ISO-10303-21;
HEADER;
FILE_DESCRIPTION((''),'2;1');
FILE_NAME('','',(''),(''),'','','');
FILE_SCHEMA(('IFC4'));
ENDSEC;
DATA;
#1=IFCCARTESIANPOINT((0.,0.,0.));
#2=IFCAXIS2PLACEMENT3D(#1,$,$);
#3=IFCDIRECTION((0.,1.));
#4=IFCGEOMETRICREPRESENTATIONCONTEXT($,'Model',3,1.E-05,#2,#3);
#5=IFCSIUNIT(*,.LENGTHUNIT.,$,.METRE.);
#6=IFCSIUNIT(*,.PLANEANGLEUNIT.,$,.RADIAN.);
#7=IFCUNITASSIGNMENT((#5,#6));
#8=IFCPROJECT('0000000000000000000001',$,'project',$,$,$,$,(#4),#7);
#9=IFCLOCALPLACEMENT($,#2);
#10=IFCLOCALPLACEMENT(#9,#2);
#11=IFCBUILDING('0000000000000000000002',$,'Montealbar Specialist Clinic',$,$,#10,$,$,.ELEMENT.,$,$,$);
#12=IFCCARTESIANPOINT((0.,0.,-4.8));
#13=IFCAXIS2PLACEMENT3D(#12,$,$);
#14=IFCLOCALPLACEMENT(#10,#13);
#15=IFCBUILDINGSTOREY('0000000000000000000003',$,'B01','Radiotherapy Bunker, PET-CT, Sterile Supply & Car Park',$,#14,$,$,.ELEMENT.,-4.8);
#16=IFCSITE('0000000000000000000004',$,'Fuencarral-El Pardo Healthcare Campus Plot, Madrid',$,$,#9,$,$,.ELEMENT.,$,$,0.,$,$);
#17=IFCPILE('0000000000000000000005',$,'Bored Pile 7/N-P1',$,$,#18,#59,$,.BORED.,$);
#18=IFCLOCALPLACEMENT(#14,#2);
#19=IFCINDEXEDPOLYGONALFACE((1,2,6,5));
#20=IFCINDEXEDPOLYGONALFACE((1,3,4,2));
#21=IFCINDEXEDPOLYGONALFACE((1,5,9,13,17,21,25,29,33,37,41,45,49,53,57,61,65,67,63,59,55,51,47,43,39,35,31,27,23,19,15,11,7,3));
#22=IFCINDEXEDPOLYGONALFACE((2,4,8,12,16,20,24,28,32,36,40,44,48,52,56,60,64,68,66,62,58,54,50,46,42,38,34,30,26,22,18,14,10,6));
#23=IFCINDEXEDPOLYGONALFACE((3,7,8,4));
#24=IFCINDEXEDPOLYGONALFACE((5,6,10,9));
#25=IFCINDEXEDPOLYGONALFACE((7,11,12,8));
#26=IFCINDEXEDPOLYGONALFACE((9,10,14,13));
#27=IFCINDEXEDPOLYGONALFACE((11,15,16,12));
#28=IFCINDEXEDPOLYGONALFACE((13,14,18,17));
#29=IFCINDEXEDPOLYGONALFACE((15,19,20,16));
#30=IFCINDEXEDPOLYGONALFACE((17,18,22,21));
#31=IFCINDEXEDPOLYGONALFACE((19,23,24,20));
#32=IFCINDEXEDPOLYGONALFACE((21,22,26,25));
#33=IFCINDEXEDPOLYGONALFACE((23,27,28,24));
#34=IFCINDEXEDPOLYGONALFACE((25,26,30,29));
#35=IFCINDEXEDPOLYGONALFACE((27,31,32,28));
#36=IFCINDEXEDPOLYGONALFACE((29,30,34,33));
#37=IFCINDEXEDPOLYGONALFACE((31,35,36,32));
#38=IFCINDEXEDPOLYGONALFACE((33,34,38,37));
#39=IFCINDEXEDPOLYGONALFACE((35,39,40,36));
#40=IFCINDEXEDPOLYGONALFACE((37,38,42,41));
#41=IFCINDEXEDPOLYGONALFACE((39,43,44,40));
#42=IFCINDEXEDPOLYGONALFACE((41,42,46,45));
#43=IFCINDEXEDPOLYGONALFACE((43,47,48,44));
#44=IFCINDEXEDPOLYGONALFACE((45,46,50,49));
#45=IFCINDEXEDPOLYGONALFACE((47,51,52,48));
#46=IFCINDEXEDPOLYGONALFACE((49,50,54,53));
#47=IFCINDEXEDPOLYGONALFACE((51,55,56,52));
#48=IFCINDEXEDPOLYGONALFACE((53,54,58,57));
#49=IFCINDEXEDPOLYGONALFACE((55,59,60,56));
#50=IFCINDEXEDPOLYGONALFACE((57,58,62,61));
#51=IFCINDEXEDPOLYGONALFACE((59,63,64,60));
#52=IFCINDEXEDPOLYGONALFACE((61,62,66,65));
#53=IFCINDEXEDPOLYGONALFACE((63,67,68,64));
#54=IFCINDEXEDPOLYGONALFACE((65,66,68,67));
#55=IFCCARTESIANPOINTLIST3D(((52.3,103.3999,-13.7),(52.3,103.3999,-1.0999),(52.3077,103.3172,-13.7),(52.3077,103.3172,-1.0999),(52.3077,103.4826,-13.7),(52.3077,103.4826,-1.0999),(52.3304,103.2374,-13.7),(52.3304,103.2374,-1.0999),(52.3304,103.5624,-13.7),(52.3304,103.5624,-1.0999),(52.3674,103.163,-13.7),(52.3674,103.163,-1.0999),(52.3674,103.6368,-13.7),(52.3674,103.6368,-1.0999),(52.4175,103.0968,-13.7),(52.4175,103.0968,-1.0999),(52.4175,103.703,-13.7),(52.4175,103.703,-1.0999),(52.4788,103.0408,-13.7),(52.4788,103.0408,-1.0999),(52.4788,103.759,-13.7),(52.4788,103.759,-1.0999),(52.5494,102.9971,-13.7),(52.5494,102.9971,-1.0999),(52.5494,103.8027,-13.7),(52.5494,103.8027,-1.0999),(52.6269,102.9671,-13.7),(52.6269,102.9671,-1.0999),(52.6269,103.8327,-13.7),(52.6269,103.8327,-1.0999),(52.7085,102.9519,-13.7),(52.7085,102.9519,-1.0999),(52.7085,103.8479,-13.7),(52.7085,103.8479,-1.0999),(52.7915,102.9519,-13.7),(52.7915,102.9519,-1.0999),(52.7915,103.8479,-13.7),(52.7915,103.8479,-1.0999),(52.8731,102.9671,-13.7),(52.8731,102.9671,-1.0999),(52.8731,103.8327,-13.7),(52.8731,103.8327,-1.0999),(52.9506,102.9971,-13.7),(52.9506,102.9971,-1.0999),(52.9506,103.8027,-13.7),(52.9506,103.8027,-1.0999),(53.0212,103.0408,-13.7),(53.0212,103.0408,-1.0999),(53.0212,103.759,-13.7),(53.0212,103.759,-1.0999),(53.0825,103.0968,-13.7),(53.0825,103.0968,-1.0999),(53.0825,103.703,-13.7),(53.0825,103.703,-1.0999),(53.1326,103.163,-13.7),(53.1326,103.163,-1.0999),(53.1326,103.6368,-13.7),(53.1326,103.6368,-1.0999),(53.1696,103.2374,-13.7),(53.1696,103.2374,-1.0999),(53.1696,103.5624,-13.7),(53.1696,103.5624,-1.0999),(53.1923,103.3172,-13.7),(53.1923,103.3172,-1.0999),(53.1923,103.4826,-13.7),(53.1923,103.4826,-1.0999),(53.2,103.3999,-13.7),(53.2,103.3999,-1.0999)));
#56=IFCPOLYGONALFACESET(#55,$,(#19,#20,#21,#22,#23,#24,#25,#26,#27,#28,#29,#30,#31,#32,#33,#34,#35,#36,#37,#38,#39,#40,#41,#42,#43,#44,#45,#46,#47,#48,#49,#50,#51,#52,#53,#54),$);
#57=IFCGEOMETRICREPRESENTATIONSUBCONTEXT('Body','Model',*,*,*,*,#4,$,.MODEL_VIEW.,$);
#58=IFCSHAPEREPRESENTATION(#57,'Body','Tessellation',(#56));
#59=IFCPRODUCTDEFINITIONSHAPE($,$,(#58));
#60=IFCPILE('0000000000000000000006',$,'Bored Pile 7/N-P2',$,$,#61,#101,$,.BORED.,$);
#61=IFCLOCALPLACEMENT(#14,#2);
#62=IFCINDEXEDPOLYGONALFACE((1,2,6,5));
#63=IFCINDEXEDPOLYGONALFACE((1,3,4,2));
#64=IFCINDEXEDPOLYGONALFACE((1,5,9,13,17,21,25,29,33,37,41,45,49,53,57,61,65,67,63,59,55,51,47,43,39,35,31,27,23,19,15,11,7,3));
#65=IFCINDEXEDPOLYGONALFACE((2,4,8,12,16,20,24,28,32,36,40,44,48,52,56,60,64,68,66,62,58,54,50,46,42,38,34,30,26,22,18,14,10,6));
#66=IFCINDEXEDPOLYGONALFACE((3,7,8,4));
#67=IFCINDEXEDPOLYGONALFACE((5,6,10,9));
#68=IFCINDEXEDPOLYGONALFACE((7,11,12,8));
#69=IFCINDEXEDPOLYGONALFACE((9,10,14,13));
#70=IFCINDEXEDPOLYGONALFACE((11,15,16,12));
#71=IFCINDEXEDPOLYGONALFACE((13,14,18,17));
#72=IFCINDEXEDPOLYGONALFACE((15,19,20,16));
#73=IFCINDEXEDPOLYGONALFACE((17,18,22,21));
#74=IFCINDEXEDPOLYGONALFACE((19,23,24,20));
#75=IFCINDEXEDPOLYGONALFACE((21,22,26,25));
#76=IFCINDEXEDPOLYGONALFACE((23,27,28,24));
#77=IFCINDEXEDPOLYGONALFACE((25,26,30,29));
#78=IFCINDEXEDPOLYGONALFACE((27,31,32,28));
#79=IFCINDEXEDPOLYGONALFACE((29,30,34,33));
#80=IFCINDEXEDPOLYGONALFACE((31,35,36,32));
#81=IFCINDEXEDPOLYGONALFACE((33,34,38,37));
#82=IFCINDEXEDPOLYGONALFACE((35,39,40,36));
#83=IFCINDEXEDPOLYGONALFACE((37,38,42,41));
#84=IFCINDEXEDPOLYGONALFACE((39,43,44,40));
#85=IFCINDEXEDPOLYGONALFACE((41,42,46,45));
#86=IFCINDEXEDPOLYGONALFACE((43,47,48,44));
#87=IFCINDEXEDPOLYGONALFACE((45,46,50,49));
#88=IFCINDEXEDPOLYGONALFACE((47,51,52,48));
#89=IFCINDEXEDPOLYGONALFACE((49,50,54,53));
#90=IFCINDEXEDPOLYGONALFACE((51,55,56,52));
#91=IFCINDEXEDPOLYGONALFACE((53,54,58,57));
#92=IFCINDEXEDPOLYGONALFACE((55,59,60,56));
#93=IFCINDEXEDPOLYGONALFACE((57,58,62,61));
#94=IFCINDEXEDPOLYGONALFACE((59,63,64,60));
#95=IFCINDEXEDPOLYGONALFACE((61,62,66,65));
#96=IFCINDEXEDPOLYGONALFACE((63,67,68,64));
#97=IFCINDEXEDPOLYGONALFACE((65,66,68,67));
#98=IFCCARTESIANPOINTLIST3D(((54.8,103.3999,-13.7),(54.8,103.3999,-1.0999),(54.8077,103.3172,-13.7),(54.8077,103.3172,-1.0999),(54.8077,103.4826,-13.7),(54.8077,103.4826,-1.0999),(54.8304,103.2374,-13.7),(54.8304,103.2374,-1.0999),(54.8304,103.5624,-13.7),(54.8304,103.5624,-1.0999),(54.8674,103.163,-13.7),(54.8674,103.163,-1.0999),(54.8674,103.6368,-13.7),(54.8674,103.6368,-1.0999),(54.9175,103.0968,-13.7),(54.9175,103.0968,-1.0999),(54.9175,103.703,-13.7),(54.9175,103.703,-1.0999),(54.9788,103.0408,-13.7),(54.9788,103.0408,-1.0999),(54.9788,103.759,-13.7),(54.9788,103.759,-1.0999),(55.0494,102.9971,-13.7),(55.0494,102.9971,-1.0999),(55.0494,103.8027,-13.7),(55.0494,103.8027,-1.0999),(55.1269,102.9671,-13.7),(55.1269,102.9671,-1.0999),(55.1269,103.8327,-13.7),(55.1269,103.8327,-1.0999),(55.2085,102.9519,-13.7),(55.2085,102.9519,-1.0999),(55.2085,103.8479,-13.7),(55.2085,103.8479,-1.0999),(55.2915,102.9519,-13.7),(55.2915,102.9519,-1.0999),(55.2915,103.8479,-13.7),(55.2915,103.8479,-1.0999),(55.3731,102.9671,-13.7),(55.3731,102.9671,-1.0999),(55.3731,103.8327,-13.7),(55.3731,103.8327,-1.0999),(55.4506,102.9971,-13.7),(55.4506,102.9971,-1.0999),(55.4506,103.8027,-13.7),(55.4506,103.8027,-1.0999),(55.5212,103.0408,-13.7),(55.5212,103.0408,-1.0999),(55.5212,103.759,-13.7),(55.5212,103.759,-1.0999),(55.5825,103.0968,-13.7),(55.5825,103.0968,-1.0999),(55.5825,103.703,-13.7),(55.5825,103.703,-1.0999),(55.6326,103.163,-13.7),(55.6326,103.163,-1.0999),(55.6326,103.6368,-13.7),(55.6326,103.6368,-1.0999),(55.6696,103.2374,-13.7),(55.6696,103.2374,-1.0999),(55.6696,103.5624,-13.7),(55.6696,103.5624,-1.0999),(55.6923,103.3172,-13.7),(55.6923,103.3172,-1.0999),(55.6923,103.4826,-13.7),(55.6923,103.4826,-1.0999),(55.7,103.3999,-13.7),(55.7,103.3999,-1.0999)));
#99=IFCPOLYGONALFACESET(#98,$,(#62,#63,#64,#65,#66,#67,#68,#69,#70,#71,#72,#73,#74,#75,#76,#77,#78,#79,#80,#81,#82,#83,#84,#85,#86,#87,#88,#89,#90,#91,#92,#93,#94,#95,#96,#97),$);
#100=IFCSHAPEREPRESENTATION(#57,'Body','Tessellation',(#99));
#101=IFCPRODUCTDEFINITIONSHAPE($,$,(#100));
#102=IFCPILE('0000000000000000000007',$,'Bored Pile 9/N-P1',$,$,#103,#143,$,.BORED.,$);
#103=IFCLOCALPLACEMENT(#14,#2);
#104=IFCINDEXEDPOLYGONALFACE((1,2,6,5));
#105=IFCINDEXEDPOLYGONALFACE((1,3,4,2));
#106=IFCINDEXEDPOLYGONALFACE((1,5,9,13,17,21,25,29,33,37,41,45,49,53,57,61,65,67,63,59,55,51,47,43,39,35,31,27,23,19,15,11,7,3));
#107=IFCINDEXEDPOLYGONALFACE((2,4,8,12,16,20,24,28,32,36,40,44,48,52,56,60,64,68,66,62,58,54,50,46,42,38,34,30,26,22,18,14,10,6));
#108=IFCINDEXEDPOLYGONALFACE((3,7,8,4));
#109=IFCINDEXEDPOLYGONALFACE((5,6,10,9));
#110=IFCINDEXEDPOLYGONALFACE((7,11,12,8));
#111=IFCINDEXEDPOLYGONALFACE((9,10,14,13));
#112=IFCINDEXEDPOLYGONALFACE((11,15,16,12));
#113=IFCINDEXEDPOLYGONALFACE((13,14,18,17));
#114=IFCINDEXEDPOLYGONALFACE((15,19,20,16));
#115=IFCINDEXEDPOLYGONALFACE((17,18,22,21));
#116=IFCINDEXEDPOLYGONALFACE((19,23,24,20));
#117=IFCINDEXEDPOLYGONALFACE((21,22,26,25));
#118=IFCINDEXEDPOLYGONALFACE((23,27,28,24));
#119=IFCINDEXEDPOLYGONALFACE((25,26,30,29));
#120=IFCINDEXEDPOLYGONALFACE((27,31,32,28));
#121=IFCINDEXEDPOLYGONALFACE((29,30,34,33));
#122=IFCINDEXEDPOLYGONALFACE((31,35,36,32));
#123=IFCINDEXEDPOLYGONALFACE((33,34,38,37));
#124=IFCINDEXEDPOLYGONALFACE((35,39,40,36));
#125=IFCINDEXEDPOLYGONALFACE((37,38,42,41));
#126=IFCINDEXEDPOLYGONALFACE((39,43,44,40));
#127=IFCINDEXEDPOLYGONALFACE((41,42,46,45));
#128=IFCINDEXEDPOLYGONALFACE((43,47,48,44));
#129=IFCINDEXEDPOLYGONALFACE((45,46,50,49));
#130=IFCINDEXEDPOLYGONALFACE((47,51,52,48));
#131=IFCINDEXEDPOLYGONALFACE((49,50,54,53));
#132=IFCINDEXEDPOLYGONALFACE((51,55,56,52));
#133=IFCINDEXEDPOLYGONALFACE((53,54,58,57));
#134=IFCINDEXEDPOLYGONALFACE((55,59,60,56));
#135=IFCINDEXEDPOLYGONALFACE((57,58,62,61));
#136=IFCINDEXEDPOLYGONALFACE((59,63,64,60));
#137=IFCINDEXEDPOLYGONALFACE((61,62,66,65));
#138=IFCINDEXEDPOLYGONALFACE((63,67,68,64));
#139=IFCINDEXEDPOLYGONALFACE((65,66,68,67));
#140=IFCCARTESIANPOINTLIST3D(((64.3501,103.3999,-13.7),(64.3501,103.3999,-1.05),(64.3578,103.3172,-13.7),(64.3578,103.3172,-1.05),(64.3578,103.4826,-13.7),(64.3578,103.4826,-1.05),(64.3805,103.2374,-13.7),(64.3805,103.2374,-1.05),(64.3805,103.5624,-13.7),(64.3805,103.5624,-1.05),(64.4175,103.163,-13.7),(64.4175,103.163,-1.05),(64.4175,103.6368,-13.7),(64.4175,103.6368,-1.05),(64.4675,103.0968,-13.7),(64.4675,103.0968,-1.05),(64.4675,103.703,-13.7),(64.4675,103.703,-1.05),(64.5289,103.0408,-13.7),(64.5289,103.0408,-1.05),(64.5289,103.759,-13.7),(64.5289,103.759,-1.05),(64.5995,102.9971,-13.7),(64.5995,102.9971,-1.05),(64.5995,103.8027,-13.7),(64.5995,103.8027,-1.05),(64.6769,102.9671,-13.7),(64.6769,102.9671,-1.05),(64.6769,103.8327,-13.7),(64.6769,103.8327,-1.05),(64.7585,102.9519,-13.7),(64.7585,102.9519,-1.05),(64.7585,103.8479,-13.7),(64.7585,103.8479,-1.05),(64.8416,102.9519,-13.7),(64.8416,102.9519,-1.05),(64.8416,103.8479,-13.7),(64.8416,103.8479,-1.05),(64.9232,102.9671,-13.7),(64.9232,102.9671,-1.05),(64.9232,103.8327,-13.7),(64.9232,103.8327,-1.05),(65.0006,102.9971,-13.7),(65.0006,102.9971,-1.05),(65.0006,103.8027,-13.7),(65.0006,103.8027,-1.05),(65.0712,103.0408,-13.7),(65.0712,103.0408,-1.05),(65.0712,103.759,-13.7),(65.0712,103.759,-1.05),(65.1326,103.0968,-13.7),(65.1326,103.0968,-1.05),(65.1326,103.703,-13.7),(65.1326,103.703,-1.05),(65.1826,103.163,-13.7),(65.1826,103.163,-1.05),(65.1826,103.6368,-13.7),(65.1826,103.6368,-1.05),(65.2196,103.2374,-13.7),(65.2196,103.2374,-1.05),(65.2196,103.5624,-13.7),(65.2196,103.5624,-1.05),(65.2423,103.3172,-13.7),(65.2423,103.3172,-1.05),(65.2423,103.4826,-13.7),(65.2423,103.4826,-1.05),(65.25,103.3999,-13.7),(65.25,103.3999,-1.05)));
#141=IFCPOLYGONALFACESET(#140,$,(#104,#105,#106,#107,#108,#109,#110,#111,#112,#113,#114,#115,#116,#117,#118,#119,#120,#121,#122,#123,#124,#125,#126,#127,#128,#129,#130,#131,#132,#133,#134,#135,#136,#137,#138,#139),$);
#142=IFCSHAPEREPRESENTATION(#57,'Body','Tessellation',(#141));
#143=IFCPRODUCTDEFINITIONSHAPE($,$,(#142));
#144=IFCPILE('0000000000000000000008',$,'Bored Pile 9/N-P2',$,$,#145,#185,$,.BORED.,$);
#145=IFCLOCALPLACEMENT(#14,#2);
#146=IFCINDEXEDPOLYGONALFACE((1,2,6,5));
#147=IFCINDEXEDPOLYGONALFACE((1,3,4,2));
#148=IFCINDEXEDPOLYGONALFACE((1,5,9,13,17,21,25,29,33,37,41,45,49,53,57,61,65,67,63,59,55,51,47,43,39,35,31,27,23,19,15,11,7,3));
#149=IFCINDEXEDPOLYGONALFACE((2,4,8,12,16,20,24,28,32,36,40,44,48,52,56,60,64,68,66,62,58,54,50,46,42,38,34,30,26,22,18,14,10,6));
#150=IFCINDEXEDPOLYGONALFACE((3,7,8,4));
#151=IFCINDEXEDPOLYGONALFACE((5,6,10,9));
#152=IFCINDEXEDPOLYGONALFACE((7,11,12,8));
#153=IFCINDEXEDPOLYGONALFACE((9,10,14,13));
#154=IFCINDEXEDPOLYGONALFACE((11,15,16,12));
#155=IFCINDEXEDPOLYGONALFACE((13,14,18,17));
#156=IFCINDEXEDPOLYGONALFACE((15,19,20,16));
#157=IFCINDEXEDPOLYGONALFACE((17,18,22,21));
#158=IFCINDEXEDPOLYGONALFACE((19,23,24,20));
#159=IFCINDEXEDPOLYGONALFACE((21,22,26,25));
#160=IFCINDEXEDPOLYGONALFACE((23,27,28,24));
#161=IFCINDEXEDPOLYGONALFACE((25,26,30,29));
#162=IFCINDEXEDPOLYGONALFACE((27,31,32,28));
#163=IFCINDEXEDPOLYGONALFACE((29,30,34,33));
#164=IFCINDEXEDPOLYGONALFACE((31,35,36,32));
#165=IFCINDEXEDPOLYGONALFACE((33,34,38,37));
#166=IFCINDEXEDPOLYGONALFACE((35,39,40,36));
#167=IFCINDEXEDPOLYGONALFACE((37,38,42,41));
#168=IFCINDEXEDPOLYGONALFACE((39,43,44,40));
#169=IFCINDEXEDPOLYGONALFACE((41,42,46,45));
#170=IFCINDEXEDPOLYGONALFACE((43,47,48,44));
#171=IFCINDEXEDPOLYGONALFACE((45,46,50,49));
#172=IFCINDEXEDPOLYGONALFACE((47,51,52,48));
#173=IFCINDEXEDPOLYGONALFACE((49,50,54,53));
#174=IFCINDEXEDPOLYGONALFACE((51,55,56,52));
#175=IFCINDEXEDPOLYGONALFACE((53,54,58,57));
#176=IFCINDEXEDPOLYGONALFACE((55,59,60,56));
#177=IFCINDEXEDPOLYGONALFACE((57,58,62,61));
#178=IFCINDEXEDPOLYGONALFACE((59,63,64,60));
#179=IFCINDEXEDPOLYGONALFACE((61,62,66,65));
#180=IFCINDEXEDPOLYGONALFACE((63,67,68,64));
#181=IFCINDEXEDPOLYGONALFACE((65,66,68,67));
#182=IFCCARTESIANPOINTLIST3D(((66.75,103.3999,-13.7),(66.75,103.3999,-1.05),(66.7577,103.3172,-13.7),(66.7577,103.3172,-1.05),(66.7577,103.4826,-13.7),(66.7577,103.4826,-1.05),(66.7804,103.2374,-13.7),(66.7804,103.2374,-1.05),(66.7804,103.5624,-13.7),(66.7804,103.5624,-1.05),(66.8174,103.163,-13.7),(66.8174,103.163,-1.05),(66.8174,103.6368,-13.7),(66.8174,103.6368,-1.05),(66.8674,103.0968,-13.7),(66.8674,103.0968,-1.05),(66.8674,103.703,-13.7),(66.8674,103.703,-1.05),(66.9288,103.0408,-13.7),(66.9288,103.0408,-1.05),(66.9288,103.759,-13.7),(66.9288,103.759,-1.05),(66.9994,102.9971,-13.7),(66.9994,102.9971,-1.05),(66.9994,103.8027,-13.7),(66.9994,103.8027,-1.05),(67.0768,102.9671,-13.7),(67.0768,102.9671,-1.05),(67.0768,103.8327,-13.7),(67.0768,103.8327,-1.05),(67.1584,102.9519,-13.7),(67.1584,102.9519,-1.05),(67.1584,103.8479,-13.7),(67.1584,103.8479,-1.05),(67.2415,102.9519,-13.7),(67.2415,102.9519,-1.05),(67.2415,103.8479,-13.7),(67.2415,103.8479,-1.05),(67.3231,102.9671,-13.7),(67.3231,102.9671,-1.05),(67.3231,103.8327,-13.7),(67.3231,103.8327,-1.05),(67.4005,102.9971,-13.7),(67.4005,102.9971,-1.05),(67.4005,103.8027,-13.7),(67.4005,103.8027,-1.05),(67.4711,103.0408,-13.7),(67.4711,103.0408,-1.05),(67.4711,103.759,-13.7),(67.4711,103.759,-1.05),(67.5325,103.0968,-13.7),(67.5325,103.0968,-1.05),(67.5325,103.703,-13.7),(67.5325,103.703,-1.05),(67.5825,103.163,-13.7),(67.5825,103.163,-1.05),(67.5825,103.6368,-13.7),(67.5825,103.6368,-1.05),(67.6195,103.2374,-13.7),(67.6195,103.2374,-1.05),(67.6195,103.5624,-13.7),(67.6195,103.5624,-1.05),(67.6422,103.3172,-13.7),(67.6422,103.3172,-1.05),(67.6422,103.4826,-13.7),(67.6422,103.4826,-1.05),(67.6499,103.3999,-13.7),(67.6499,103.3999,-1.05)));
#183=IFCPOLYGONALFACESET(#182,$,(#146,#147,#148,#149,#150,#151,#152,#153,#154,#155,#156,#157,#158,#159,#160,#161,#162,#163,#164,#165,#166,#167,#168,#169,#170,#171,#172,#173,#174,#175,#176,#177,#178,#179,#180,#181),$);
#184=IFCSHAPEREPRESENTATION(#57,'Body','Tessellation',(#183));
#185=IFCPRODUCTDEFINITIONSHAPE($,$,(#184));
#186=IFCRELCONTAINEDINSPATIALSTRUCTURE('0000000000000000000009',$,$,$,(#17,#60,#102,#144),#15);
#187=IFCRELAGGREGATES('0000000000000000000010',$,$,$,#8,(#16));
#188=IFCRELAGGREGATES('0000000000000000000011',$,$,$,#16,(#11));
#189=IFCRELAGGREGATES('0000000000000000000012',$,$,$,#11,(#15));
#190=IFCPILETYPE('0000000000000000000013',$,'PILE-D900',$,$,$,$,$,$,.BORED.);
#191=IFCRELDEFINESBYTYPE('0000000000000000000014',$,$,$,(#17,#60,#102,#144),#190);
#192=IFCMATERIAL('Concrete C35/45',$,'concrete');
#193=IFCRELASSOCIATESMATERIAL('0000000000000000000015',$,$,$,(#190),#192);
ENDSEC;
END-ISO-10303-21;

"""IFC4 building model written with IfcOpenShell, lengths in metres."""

from ifc_helpers import new_model, si_unit, direction, frame, origin, origin_2d, place, context, subcontext, project, spatial, circle, extrude, material, material_profile, profile_set, type_object, element, save


model = new_model("IFC4")

# Units and contexts
model_context = context("Model", 3, precision=1e-05, world=origin(), true_north=direction((0.0, 1.0)))
body_context = subcontext(model_context, "Body", "Model", "MODEL_VIEW")
ifc_project = project(units=[si_unit("LENGTHUNIT", "METRE"), si_unit("PLANEANGLEUNIT", "RADIAN")], contexts=[model_context])

# Site, building, storey
site_placement = place(None, origin())
site = spatial("IfcSite", under=ifc_project, at=site_placement, Name="Fuencarral-El Pardo Healthcare Campus Plot, Madrid", CompositionType="ELEMENT", RefElevation=0.0)
building_placement = place(site_placement, origin())
building = spatial("IfcBuilding", under=site, at=building_placement, Name="Montealbar Specialist Clinic", CompositionType="ELEMENT")
storey_placement = place(building_placement, frame((0.0, 0.0, -4.8)))
storey = spatial("IfcBuildingStorey", under=building, at=storey_placement, Name="B01", Description="Radiotherapy Bunker, PET-CT, Sterile Supply & Car Park", CompositionType="ELEMENT", Elevation=-4.8)

# Shared definitions
ifc_material_1 = material(Name="Concrete C35/45", Category="concrete")

# Piles
ifc_material_profile_1 = material_profile(ifc_material_1, circle(Radius=0.45, at=origin_2d()), Name="PILE D900", Category="concrete")
ifc_profile_set_1 = profile_set([ifc_material_profile_1], Name="Concrete C35/45")
pile_type_1 = type_object("IfcPileType", Name="PILE-D900", PredefinedType="BORED", material=ifc_profile_set_1)
for number, where, z_axis, x_axis, name in (
    (1, (52.75, 103.3999, -1.0999), (0.0, 0.0, -1.0), (1.0, 0.0, 0.0), "Bored Pile 7/N-P1"),
    (2, (55.25, 103.3999, -1.0999), (0.0, 0.0, -1.0), (1.0, 0.0, 0.0), "Bored Pile 7/N-P2"),
):
    element("IfcPile", number, at=place(storey_placement, frame(where, z_axis=z_axis, x_axis=x_axis)), inside=storey, type_object=pile_type_1, Name=name, PredefinedType="BORED", context=body_context, shape_type="SweptSolid", body=[
        extrude(circle(Radius=0.45, at=origin_2d()), origin(), (0.0, 0.0, 1.0), 12.6001),
    ])
for number, where, z_axis, x_axis, name in (
    (3, (64.8, 103.3999, -1.05), (0.0, 0.0, -1.0), (1.0, 0.0, 0.0), "Bored Pile 9/N-P1"),
    (4, (67.2, 103.3999, -1.05), (0.0, 0.0, -1.0), (1.0, 0.0, 0.0), "Bored Pile 9/N-P2"),
):
    element("IfcPile", number, at=place(storey_placement, frame(where, z_axis=z_axis, x_axis=x_axis)), inside=storey, type_object=pile_type_1, Name=name, PredefinedType="BORED", context=body_context, shape_type="SweptSolid", body=[
        extrude(circle(Radius=0.45, at=origin_2d()), origin(), (0.0, 0.0, 1.0), 12.6499),
    ])

save(model, "model.ifc")
